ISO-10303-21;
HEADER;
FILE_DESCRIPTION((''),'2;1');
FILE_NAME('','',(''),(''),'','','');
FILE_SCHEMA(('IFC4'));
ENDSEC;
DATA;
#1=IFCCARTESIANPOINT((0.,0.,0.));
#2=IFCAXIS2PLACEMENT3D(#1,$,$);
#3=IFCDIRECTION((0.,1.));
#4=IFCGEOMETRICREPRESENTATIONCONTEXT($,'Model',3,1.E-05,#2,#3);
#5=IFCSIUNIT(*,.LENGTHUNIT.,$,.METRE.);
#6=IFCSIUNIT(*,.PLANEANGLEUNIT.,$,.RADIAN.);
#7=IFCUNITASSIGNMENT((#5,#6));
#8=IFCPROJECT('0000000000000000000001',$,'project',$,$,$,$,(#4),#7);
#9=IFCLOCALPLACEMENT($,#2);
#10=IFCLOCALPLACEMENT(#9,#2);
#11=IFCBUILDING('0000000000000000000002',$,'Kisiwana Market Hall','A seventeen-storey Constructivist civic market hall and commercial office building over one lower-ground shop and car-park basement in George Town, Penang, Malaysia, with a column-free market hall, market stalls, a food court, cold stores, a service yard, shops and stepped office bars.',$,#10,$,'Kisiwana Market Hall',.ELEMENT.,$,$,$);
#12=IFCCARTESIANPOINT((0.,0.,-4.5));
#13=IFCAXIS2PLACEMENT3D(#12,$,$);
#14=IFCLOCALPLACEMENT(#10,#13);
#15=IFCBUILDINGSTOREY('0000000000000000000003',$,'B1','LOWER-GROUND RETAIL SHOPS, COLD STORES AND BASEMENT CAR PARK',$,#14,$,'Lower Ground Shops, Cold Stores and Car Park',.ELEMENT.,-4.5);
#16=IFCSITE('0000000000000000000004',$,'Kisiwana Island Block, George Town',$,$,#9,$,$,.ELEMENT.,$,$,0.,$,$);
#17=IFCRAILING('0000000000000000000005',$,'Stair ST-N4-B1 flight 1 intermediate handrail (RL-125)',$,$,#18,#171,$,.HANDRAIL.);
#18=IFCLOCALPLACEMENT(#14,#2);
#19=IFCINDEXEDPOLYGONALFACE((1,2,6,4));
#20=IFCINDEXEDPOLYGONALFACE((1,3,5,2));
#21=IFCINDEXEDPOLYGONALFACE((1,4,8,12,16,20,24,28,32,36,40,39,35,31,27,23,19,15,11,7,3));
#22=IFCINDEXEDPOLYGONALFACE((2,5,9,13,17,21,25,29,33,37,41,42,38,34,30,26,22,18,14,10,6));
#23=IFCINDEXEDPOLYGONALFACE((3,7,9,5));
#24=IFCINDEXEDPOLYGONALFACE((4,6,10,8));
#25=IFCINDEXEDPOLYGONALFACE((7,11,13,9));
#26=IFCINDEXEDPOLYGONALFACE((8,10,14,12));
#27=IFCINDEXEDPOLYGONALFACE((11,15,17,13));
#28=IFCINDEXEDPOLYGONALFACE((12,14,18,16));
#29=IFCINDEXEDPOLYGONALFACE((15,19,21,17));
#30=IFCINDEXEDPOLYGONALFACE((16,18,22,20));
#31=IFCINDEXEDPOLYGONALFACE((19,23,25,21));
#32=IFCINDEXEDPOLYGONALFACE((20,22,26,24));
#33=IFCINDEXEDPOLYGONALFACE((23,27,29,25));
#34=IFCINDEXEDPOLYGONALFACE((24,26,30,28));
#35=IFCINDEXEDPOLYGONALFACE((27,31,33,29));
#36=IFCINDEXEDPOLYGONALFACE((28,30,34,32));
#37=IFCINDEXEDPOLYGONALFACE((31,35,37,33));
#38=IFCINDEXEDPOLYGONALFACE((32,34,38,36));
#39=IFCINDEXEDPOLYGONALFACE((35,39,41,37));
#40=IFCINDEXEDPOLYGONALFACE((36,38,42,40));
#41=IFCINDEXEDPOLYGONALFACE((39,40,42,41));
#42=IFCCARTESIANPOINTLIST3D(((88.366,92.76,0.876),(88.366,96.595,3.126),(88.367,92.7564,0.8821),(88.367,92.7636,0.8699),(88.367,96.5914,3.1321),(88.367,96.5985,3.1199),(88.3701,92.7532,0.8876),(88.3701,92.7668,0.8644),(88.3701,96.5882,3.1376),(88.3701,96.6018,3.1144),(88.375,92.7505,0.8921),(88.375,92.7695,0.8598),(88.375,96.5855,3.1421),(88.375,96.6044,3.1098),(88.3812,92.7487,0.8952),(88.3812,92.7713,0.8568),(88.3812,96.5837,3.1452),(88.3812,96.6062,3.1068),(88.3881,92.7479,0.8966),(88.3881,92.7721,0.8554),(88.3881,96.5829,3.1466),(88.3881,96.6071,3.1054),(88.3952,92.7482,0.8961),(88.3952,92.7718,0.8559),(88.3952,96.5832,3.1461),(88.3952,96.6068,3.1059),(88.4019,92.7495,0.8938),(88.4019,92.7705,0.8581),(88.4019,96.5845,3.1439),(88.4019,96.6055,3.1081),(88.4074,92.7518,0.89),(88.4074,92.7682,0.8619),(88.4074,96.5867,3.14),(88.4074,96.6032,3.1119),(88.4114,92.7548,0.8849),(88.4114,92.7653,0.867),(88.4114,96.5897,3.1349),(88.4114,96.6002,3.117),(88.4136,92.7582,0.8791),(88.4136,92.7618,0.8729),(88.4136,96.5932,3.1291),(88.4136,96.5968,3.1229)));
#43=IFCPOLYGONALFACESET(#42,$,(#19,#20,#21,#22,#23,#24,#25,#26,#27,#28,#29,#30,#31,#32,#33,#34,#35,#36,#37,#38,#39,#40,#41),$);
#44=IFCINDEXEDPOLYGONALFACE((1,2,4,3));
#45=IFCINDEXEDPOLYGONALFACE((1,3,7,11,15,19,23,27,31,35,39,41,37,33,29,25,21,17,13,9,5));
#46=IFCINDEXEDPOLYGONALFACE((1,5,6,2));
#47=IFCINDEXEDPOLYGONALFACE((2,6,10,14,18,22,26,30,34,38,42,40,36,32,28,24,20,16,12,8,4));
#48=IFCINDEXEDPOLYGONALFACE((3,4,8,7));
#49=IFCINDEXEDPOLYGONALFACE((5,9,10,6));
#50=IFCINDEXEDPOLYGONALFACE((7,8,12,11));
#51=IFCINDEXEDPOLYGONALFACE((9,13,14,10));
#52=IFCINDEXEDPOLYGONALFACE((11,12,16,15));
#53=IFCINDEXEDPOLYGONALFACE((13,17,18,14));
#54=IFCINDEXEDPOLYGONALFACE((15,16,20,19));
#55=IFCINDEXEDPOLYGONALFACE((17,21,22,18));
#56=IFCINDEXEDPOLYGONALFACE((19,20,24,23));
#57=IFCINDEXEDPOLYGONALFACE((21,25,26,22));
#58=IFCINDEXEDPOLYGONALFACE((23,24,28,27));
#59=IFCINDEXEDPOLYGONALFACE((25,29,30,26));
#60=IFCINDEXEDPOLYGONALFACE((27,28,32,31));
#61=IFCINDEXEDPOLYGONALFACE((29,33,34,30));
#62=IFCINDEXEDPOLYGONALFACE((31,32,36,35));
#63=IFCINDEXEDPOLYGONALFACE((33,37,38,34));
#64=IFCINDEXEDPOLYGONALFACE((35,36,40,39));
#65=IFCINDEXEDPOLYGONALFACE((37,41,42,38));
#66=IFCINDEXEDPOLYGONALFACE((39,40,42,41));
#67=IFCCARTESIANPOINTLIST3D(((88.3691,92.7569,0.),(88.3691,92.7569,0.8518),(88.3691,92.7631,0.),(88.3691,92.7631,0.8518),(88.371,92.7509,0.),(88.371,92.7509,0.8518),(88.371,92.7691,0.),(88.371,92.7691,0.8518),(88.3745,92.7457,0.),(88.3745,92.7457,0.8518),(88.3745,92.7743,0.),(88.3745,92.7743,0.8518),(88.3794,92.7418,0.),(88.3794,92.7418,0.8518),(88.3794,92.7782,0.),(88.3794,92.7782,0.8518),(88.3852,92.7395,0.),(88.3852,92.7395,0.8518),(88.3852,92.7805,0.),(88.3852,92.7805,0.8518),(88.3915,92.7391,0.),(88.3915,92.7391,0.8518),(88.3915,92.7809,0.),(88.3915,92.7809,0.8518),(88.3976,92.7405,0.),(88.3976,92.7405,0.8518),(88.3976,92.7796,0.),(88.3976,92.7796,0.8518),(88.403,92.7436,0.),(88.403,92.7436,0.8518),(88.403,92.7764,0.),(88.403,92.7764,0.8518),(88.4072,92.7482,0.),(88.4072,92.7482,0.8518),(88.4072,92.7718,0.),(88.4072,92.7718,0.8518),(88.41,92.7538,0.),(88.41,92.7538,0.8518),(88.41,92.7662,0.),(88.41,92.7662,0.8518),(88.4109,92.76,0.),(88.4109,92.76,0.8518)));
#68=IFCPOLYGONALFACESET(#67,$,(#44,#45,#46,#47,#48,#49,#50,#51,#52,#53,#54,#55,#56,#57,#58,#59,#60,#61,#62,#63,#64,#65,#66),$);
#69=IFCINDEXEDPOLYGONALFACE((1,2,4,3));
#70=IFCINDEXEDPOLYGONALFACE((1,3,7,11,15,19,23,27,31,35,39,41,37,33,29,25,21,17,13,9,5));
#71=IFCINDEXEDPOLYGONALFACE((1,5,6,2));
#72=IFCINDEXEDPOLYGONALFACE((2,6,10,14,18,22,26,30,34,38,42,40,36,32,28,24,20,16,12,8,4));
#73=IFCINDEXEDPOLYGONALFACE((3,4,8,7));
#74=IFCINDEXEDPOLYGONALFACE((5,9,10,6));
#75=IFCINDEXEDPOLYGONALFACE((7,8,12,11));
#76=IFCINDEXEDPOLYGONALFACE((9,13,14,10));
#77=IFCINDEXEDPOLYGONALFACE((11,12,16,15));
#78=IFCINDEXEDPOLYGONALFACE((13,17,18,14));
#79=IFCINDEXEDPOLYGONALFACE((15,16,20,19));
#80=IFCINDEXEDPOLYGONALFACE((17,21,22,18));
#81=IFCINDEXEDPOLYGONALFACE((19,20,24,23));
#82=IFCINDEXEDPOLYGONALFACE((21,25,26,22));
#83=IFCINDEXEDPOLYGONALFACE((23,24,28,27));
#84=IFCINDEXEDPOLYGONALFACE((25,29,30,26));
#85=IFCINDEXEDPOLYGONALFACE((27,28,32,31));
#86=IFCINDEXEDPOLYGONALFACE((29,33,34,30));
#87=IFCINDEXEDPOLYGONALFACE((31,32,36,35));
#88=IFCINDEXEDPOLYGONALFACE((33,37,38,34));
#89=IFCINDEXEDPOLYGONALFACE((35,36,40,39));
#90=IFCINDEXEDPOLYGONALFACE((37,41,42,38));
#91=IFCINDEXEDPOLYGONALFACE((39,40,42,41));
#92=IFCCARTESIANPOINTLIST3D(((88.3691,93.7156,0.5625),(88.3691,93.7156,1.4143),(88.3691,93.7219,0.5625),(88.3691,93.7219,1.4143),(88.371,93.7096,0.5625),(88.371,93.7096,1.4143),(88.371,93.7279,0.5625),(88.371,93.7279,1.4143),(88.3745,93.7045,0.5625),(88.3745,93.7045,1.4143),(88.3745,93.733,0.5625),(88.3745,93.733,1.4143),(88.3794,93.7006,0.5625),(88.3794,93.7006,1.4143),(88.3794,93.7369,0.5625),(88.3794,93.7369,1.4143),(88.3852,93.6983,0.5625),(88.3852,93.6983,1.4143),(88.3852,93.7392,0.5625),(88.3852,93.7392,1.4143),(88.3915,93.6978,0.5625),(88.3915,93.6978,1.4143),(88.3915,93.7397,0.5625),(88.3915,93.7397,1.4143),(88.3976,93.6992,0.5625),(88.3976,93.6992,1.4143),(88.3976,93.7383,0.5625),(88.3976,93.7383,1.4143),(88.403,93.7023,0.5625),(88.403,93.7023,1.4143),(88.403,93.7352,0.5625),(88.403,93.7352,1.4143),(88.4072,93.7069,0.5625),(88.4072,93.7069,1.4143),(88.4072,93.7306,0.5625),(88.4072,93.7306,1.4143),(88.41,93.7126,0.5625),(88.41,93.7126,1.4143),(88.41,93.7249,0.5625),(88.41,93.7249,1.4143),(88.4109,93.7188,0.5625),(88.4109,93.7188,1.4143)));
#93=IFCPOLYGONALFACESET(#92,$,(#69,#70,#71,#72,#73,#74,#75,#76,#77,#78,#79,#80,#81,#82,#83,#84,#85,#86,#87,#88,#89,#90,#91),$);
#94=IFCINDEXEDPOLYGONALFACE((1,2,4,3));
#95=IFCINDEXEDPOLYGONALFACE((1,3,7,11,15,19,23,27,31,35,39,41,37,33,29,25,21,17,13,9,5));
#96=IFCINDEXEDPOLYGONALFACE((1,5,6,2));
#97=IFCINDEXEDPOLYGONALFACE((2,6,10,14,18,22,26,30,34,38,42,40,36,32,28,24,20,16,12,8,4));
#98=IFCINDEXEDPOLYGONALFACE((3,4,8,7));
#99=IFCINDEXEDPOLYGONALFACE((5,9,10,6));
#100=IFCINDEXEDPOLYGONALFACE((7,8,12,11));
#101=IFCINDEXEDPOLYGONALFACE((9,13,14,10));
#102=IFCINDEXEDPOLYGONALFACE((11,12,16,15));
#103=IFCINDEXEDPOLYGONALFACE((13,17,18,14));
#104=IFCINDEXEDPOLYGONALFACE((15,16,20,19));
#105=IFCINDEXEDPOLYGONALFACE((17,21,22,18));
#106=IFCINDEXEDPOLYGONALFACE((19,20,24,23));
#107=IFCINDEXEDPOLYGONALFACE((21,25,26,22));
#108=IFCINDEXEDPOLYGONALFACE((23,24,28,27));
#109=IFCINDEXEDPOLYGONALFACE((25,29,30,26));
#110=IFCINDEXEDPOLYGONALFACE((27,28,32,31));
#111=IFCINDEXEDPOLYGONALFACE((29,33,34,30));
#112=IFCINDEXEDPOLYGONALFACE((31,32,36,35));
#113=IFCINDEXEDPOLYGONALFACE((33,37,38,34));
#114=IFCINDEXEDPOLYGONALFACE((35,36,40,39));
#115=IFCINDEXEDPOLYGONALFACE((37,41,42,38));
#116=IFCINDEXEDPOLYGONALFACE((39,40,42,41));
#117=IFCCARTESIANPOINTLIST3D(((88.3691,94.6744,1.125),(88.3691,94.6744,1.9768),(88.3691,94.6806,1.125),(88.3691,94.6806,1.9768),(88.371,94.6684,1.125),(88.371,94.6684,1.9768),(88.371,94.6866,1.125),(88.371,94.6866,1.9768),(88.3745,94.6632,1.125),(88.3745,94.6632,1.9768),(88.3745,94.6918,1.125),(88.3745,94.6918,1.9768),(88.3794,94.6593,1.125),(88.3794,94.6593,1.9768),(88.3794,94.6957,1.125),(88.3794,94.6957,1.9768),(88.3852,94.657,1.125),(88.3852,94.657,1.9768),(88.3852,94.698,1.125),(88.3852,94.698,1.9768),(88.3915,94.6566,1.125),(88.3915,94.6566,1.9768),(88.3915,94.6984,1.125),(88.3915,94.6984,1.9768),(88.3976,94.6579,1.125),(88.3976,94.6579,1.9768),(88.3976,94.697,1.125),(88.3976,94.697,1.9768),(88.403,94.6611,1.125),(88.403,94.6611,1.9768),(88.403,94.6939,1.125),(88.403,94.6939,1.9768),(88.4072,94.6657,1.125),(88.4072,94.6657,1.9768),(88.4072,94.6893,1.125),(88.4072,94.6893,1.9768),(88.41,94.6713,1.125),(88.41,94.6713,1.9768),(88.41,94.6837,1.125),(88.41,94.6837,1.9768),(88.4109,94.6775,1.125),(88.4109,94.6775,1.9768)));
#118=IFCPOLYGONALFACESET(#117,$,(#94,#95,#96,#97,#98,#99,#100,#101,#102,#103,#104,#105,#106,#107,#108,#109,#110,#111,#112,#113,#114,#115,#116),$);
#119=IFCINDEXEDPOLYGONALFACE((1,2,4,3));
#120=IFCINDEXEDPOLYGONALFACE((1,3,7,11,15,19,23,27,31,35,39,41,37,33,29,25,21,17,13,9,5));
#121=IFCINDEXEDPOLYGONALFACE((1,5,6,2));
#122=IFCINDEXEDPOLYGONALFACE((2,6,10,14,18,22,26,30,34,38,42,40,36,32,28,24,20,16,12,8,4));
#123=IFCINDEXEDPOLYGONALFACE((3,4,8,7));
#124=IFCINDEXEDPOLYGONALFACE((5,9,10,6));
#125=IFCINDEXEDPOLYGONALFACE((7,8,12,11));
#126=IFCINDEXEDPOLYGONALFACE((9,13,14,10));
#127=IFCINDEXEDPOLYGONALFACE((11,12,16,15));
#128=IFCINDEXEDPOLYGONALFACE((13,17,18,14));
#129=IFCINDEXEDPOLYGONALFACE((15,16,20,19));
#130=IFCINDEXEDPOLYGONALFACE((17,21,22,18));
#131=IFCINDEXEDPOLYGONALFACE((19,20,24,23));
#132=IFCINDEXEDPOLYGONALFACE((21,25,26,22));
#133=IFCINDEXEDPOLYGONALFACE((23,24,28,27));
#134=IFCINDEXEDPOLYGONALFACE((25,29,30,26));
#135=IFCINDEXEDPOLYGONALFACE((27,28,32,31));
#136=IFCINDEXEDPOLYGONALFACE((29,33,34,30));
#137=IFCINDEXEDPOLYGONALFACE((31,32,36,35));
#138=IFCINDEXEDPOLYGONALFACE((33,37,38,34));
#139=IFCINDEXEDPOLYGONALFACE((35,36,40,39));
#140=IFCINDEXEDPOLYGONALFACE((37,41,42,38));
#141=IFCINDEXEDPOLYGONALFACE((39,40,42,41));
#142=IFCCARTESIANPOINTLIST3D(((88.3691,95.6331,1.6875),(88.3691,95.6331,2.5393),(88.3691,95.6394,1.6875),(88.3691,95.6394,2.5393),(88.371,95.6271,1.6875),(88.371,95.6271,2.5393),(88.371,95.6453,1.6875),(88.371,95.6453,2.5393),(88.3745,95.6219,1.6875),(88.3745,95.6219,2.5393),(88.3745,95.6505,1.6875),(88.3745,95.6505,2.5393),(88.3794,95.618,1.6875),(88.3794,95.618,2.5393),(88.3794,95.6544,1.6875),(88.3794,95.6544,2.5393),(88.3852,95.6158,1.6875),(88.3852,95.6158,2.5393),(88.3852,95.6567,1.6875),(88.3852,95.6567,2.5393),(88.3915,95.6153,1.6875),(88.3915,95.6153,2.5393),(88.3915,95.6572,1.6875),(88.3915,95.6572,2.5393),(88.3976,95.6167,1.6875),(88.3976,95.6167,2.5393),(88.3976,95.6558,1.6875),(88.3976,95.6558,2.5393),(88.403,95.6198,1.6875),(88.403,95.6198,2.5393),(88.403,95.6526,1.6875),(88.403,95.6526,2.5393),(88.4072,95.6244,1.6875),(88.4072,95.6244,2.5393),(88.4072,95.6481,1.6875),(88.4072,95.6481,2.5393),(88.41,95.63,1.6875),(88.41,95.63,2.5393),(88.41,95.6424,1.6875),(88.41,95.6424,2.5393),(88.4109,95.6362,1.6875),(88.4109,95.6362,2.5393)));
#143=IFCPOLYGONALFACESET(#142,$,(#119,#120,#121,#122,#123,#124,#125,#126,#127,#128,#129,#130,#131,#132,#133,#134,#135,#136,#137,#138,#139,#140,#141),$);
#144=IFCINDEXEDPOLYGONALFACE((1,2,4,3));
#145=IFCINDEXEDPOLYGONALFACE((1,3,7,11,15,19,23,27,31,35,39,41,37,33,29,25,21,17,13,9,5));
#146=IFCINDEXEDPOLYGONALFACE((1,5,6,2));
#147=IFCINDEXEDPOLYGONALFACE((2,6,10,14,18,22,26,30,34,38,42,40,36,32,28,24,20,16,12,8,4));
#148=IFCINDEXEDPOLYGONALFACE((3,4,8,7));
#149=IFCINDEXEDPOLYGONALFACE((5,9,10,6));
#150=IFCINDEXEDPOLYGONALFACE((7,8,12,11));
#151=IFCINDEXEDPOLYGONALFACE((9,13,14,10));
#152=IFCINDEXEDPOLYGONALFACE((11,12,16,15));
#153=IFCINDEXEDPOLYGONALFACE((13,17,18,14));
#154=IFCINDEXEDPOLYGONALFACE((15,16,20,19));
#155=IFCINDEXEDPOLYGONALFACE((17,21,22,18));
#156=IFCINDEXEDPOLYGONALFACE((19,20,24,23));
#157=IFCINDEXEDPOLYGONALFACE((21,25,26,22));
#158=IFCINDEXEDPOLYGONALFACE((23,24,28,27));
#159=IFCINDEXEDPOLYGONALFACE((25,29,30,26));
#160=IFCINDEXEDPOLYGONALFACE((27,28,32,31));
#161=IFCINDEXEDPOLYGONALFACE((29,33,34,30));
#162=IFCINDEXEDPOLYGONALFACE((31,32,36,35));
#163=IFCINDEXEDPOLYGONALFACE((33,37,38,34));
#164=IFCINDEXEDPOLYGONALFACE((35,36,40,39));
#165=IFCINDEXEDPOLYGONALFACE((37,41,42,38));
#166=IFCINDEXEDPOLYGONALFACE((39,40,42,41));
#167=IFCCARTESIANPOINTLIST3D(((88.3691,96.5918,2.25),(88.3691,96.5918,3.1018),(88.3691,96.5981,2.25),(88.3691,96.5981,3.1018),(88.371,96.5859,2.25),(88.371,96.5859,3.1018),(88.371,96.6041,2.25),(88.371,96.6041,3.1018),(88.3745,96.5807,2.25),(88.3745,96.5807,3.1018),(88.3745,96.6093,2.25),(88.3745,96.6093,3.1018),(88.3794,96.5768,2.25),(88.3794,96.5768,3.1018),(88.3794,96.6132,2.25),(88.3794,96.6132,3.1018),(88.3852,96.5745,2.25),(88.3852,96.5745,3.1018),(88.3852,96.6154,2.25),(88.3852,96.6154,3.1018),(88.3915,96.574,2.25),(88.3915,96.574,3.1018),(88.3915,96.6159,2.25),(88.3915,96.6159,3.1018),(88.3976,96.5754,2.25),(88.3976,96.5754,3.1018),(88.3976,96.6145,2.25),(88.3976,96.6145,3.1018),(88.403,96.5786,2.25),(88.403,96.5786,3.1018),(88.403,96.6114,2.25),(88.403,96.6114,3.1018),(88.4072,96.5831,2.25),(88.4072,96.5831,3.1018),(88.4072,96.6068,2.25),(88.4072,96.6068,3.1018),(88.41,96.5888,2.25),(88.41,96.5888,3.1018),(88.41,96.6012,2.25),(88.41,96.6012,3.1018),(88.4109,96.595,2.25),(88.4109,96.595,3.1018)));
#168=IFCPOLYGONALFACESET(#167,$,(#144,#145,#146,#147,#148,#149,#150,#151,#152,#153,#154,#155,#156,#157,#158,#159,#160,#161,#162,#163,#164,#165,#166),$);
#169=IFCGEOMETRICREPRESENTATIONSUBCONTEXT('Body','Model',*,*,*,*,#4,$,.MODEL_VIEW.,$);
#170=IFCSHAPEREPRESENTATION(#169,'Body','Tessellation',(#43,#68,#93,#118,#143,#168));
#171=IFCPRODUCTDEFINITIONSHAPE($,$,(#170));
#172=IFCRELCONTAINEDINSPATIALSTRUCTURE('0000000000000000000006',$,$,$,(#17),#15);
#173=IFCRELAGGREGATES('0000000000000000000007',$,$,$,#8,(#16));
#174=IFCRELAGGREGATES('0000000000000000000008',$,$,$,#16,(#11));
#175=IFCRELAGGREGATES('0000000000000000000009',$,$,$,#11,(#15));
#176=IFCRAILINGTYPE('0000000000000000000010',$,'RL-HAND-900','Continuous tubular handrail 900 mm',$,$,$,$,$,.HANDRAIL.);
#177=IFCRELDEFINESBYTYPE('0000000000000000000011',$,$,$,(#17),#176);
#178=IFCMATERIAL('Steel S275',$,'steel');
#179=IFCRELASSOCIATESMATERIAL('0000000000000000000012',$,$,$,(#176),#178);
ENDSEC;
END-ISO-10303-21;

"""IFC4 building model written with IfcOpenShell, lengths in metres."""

from ifc_helpers import new_model, si_unit, direction, frame, origin, origin_2d, place, context, subcontext, project, spatial, circle, extrude, material, type_object, element, save


model = new_model("IFC4")

# Units and contexts
model_context = context("Model", 3, precision=1e-05, world=origin(), true_north=direction((0.0, 1.0)))
body_context = subcontext(model_context, "Body", "Model", "MODEL_VIEW")
ifc_project = project(units=[si_unit("LENGTHUNIT", "METRE"), si_unit("PLANEANGLEUNIT", "RADIAN")], contexts=[model_context])

# Site, building, storey
site_placement = place(None, origin())
site = spatial("IfcSite", under=ifc_project, at=site_placement, Name="Kisiwana Island Block, George Town", CompositionType="ELEMENT", RefElevation=0.0)
building_placement = place(site_placement, origin())
building = spatial("IfcBuilding", under=site, at=building_placement, Name="Kisiwana Market Hall", Description="A seventeen-storey Constructivist civic market hall and commercial office building over one lower-ground shop and car-park basement in George Town, Penang, Malaysia, with a column-free market hall, market stalls, a food court, cold stores, a service yard, shops and stepped office bars.", LongName="Kisiwana Market Hall", CompositionType="ELEMENT")
storey_placement = place(building_placement, frame((0.0, 0.0, -4.5)))
storey = spatial("IfcBuildingStorey", under=building, at=storey_placement, Name="B1", Description="LOWER-GROUND RETAIL SHOPS, COLD STORES AND BASEMENT CAR PARK", LongName="Lower Ground Shops, Cold Stores and Car Park", CompositionType="ELEMENT", Elevation=-4.5)

# Railing
ifc_material_1 = material(Name="Steel S275", Category="steel")
railing_type_1 = type_object("IfcRailingType", Name="RL-HAND-900", Description="Continuous tubular handrail 900 mm", PredefinedType="HANDRAIL", material=ifc_material_1)
railing_1_placement = place(storey_placement, frame((88.3899, 92.76, 0.0)))
element("IfcRailing", 1, at=railing_1_placement, inside=storey, type_object=railing_type_1, Name="Stair ST-N4-B1 flight 1 intermediate handrail (RL-125)", PredefinedType="HANDRAIL", context=body_context, shape_type="SweptSolid", body=[
    extrude(circle(Radius=0.0239, at=origin_2d()), frame((0.0, 0.0, 0.876), z_axis=(0.0, 0.86251, 0.506041), x_axis=(-1.0, 0.0, 0.0)), (0.0, 0.0, 1.0), 4.4463),
    extrude(circle(Radius=0.021, at=origin_2d()), origin(), (0.0, 0.0, 1.0), 0.8518),
    extrude(circle(Radius=0.021, at=origin_2d()), frame((0.0, 0.9587, 0.5625)), (0.0, 0.0, 1.0), 0.8518),
    extrude(circle(Radius=0.021, at=origin_2d()), frame((0.0, 1.9175, 1.125)), (0.0, 0.0, 1.0), 0.8518),
    extrude(circle(Radius=0.021, at=origin_2d()), frame((0.0, 2.8762, 1.6875)), (0.0, 0.0, 1.0), 0.8518),
    extrude(circle(Radius=0.021, at=origin_2d()), frame((0.0, 3.835, 2.25)), (0.0, 0.0, 1.0), 0.8518),
])

save(model, "model.ifc")
